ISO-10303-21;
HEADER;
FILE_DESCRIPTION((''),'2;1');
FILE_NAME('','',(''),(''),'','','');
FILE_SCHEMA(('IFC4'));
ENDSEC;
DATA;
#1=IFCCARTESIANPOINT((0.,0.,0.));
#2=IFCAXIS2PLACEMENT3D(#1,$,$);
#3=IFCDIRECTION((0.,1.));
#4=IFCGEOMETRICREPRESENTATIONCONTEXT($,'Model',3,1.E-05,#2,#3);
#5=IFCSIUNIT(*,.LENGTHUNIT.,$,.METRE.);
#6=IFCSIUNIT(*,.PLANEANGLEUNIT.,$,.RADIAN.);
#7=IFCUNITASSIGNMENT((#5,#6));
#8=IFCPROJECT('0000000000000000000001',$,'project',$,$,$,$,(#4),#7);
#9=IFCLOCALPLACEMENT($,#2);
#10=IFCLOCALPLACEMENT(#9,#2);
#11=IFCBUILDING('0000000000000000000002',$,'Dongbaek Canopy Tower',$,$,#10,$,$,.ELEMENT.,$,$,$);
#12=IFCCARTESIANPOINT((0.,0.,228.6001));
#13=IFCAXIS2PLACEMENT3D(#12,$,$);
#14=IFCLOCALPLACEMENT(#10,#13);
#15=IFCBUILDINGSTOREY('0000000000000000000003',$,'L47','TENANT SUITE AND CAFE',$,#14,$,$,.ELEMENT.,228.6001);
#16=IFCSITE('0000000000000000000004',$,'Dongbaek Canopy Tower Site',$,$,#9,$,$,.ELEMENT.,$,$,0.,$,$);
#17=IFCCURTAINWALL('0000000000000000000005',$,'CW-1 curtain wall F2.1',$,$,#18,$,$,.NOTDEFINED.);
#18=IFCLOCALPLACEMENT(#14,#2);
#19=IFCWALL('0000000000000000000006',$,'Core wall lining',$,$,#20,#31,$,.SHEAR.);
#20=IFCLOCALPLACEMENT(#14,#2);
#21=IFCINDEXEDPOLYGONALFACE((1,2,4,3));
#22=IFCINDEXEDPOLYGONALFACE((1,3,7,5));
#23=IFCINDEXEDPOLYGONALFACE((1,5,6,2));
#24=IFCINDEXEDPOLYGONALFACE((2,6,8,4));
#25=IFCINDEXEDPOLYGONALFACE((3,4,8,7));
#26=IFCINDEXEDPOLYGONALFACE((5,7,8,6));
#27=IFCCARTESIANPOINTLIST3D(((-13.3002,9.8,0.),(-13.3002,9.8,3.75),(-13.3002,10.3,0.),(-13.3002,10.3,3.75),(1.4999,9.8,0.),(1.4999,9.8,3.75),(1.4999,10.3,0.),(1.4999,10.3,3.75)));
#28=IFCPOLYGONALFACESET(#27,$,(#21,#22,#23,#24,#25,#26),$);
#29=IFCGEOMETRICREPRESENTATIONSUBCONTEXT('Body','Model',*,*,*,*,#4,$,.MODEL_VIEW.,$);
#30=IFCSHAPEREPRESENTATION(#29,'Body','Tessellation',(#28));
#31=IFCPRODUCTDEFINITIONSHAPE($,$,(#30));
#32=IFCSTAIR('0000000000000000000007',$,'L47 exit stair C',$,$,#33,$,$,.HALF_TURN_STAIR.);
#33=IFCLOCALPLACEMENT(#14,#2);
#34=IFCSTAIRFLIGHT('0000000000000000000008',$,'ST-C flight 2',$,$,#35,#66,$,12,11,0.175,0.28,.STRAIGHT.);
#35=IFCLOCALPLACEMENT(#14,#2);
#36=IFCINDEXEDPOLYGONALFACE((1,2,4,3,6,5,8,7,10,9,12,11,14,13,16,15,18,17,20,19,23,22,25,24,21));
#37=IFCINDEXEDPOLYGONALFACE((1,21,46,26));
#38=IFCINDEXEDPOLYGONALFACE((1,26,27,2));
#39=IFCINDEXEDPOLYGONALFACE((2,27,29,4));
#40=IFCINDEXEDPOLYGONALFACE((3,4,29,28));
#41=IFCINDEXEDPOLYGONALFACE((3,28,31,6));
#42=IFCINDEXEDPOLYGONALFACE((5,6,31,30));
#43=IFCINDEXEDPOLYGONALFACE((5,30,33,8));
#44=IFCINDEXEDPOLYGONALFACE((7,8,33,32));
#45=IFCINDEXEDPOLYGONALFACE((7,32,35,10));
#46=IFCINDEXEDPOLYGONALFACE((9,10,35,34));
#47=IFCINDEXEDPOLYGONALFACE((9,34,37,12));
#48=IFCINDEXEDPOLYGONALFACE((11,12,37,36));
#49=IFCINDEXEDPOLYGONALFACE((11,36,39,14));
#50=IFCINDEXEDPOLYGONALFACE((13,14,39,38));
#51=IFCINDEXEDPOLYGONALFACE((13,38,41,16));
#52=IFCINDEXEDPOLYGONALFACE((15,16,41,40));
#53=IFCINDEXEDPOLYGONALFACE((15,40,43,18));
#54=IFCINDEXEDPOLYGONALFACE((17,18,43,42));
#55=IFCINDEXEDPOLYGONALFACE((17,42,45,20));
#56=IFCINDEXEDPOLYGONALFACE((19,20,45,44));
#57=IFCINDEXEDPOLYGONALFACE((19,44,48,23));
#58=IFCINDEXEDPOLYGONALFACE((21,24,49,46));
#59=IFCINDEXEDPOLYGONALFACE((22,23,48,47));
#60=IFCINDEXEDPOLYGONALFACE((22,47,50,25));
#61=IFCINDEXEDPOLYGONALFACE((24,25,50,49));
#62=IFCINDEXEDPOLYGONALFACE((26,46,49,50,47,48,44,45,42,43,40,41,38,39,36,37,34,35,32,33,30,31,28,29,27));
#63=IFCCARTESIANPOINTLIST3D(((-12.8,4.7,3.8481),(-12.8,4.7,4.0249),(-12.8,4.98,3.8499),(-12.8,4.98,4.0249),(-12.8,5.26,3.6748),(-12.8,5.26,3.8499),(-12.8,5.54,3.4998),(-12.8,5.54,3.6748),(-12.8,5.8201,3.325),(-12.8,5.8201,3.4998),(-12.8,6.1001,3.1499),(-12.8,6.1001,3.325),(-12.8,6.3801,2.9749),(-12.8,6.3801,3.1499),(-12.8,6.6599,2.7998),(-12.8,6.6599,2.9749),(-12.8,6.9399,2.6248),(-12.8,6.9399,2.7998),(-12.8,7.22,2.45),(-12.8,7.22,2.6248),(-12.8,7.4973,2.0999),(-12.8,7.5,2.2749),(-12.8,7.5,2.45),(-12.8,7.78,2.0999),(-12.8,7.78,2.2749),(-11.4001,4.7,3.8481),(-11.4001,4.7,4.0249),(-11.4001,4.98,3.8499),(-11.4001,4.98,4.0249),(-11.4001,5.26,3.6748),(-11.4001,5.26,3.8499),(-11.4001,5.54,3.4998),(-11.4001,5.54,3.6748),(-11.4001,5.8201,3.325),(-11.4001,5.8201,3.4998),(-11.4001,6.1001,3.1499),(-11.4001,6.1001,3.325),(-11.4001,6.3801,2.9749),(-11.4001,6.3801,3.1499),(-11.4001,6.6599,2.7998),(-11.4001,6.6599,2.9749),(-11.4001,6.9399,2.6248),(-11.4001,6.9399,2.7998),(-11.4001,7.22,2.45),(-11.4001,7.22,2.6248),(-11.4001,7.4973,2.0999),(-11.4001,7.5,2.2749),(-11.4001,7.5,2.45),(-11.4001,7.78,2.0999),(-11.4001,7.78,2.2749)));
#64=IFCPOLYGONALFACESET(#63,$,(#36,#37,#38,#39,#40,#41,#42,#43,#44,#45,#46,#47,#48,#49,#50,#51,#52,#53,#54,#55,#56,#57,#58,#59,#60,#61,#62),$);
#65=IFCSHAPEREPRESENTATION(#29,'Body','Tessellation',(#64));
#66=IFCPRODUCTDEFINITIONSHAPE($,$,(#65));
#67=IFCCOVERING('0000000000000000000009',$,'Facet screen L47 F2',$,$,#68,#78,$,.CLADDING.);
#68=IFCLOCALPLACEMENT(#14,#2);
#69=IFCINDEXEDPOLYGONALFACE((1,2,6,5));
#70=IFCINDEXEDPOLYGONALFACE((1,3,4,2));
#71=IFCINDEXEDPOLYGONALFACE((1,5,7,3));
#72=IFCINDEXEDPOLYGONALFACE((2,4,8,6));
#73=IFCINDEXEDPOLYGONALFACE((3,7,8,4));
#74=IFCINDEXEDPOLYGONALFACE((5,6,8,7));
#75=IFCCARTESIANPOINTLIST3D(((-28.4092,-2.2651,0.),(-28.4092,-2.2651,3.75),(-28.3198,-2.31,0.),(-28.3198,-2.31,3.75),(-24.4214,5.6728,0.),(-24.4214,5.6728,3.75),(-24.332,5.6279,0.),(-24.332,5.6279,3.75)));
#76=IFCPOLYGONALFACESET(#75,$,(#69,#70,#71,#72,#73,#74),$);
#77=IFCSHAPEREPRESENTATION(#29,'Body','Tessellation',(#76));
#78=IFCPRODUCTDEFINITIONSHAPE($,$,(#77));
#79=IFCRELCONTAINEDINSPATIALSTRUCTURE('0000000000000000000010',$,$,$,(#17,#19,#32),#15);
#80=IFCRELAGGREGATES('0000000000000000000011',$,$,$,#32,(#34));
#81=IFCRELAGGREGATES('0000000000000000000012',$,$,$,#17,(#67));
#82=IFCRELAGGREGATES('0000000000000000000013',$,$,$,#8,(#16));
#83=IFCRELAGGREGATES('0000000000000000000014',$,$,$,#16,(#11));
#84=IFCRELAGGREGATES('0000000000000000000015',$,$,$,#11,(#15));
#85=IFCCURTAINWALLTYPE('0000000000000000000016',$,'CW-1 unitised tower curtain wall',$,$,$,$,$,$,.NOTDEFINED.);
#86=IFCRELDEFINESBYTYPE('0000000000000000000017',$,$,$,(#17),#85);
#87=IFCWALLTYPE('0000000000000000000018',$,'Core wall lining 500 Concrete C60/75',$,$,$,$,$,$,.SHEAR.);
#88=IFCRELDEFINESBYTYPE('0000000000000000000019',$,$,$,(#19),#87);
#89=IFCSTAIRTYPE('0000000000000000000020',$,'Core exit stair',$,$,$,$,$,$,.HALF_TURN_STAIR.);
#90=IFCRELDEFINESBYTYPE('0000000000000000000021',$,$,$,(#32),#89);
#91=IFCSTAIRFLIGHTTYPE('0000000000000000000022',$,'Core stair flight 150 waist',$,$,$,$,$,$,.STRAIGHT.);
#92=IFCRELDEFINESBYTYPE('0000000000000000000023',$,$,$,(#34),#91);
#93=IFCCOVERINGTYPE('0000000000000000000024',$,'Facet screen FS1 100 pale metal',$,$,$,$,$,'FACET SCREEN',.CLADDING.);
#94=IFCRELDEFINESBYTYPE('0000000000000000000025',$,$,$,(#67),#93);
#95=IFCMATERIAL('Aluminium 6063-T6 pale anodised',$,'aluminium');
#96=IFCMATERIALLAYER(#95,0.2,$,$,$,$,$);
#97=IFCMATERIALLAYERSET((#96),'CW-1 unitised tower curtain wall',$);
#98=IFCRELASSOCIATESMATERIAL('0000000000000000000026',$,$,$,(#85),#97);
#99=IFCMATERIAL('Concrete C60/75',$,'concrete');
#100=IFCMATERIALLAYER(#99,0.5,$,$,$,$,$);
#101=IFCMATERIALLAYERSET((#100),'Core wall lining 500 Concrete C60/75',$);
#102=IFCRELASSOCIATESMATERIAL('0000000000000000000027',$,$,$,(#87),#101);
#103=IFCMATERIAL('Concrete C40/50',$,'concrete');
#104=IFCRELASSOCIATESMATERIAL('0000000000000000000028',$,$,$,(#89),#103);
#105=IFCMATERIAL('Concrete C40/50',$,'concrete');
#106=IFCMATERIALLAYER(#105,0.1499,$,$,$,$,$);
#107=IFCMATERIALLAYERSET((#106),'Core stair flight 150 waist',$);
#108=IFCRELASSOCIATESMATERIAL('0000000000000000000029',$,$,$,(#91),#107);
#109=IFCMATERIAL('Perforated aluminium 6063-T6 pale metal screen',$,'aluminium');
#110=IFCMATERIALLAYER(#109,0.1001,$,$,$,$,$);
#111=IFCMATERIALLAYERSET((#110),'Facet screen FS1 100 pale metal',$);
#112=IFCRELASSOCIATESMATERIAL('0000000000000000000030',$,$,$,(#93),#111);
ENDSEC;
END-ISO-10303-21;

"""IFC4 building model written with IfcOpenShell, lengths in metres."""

from ifc_helpers import new_model, si_unit, direction, frame, frame_2d, origin, origin_2d, place, context, subcontext, project, spatial, polyline, rectangle, outline, extrude, material, layer, layer_set, type_object, element, aggregate, save


model = new_model("IFC4")

# Units and contexts
model_context = context("Model", 3, precision=1e-05, world=origin(), true_north=direction((0.0, 1.0)))
body_context = subcontext(model_context, "Body", "Model", "MODEL_VIEW")
ifc_project = project(units=[si_unit("LENGTHUNIT", "METRE"), si_unit("PLANEANGLEUNIT", "RADIAN")], contexts=[model_context])

# Site, building, storey
site_placement = place(None, origin())
site = spatial("IfcSite", under=ifc_project, at=site_placement, Name="Dongbaek Canopy Tower Site", CompositionType="ELEMENT", RefElevation=0.0)
building_placement = place(site_placement, origin())
building = spatial("IfcBuilding", under=site, at=building_placement, Name="Dongbaek Canopy Tower", CompositionType="ELEMENT")
storey_placement = place(building_placement, frame((0.0, 0.0, 228.6001)))
storey = spatial("IfcBuildingStorey", under=building, at=storey_placement, Name="L47", Description="TENANT SUITE AND CAFE", CompositionType="ELEMENT", Elevation=228.6001)

# Curtain wall
ifc_material_1 = material(Name="Aluminium 6063-T6 pale anodised", Category="aluminium")
ifc_layer_1 = layer(ifc_material_1, 0.2)
ifc_layer_set_1 = layer_set([ifc_layer_1], Name="CW-1 unitised tower curtain wall")
curtain_wall_type = type_object("IfcCurtainWallType", Name="CW-1 unitised tower curtain wall", PredefinedType="NOTDEFINED", material=ifc_layer_set_1)
curtain_wall_placement = place(storey_placement, origin())
curtain_wall = element("IfcCurtainWall", 1, at=curtain_wall_placement, inside=storey, type_object=curtain_wall_type, Name="CW-1 curtain wall F2.1", PredefinedType="NOTDEFINED")

# Wall
ifc_material_2 = material(Name="Concrete C60/75", Category="concrete")
ifc_layer_2 = layer(ifc_material_2, 0.5)
ifc_layer_set_2 = layer_set([ifc_layer_2], Name="Core wall lining 500 Concrete C60/75")
wall_type_1 = type_object("IfcWallType", Name="Core wall lining 500 Concrete C60/75", PredefinedType="SHEAR", material=ifc_layer_set_2)
wall_1_placement = place(storey_placement, frame((-13.3, 10.05, 0.0), z_axis=(0.0, 0.0, 1.0), x_axis=(1.0, 0.0, 0.0)))
element("IfcWall", 2, at=wall_1_placement, inside=storey, type_object=wall_type_1, Name="Core wall lining", PredefinedType="SHEAR", context=body_context, shape_type="SweptSolid", body=[
    extrude(rectangle(XDim=14.8, YDim=0.5, at=frame_2d((7.3999, 0.0))), origin(), (0.0, 0.0, 1.0), 3.75),
])

# Stair, stair flight
ifc_material_3 = material(Name="Concrete C40/50", Category="concrete")
stair_type = type_object("IfcStairType", Name="Core exit stair", PredefinedType="HALF_TURN_STAIR", material=ifc_material_3)
stair_placement = place(storey_placement, origin())
stair = element("IfcStair", 3, at=stair_placement, inside=storey, type_object=stair_type, Name="L47 exit stair C", PredefinedType="HALF_TURN_STAIR")
ifc_material_4 = material(Name="Concrete C40/50", Category="concrete")
ifc_layer_3 = layer(ifc_material_4, 0.1499)
ifc_layer_set_3 = layer_set([ifc_layer_3], Name="Core stair flight 150 waist")
stair_flight_type = type_object("IfcStairFlightType", Name="Core stair flight 150 waist", PredefinedType="STRAIGHT", material=ifc_layer_set_3)
stair_flight_placement = place(storey_placement, frame((-12.1001, 7.78, 2.0999), z_axis=(0.0, 0.0, 1.0), x_axis=(0.0, -1.0, 0.0)))
stair_flight = element("IfcStairFlight", 4, at=stair_flight_placement, type_object=stair_flight_type, Name="ST-C flight 2", NumberOfRisers=12, NumberOfTreads=11, PredefinedType="STRAIGHT", RiserHeight=0.175, TreadLength=0.28, context=body_context, shape_type="SweptSolid", body=[
    extrude(outline(polyline([(0.0, 0.0), (0.0, 0.175), (0.28, 0.175), (0.28, 0.3501), (0.5601, 0.3501), (0.5601, 0.5249), (0.8401, 0.5249), (0.8401, 0.7), (1.1201, 0.7), (1.1201, 0.875), (1.3999, 0.875), (1.3999, 1.05), (1.6799, 1.05), (1.6799, 1.2251), (1.96, 1.2251), (1.96, 1.3999), (2.24, 1.3999), (2.24, 1.575), (2.52, 1.575), (2.52, 1.75), (2.8, 1.75), (2.8, 1.925), (3.0801, 1.925), (3.0801, 2.1001), (3.0801, 1.7483), (0.2827, 0.0), (0.0, 0.0)])), frame((0.0, 0.7, 0.0), z_axis=(0.0, -1.0, 0.0), x_axis=(1.0, 0.0, 0.0)), (0.0, 0.0, 1.0), 1.3999),
])
aggregate(stair, [stair_flight])

# Covering
ifc_material_5 = material(Name="Perforated aluminium 6063-T6 pale metal screen", Category="aluminium")
ifc_layer_4 = layer(ifc_material_5, 0.1001)
ifc_layer_set_4 = layer_set([ifc_layer_4], Name="Facet screen FS1 100 pale metal")
covering_type = type_object("IfcCoveringType", Name="Facet screen FS1 100 pale metal", ElementType="FACET SCREEN", PredefinedType="CLADDING", material=ifc_layer_set_4)
covering_placement = place(storey_placement, frame((-26.3706, 1.6814, 0.0), z_axis=(0.0, 0.0, 1.0), x_axis=(-0.448909, -0.893578, 0.0)))
covering = element("IfcCovering", 5, at=covering_placement, type_object=covering_type, Name="Facet screen L47 F2", PredefinedType="CLADDING", context=body_context, shape_type="SweptSolid", body=[
    extrude(rectangle(XDim=8.8833, YDim=0.1001, at=origin_2d()), origin(), (0.0, 0.0, 1.0), 3.75),
])
aggregate(curtain_wall, [covering])

save(model, "model.ifc")
